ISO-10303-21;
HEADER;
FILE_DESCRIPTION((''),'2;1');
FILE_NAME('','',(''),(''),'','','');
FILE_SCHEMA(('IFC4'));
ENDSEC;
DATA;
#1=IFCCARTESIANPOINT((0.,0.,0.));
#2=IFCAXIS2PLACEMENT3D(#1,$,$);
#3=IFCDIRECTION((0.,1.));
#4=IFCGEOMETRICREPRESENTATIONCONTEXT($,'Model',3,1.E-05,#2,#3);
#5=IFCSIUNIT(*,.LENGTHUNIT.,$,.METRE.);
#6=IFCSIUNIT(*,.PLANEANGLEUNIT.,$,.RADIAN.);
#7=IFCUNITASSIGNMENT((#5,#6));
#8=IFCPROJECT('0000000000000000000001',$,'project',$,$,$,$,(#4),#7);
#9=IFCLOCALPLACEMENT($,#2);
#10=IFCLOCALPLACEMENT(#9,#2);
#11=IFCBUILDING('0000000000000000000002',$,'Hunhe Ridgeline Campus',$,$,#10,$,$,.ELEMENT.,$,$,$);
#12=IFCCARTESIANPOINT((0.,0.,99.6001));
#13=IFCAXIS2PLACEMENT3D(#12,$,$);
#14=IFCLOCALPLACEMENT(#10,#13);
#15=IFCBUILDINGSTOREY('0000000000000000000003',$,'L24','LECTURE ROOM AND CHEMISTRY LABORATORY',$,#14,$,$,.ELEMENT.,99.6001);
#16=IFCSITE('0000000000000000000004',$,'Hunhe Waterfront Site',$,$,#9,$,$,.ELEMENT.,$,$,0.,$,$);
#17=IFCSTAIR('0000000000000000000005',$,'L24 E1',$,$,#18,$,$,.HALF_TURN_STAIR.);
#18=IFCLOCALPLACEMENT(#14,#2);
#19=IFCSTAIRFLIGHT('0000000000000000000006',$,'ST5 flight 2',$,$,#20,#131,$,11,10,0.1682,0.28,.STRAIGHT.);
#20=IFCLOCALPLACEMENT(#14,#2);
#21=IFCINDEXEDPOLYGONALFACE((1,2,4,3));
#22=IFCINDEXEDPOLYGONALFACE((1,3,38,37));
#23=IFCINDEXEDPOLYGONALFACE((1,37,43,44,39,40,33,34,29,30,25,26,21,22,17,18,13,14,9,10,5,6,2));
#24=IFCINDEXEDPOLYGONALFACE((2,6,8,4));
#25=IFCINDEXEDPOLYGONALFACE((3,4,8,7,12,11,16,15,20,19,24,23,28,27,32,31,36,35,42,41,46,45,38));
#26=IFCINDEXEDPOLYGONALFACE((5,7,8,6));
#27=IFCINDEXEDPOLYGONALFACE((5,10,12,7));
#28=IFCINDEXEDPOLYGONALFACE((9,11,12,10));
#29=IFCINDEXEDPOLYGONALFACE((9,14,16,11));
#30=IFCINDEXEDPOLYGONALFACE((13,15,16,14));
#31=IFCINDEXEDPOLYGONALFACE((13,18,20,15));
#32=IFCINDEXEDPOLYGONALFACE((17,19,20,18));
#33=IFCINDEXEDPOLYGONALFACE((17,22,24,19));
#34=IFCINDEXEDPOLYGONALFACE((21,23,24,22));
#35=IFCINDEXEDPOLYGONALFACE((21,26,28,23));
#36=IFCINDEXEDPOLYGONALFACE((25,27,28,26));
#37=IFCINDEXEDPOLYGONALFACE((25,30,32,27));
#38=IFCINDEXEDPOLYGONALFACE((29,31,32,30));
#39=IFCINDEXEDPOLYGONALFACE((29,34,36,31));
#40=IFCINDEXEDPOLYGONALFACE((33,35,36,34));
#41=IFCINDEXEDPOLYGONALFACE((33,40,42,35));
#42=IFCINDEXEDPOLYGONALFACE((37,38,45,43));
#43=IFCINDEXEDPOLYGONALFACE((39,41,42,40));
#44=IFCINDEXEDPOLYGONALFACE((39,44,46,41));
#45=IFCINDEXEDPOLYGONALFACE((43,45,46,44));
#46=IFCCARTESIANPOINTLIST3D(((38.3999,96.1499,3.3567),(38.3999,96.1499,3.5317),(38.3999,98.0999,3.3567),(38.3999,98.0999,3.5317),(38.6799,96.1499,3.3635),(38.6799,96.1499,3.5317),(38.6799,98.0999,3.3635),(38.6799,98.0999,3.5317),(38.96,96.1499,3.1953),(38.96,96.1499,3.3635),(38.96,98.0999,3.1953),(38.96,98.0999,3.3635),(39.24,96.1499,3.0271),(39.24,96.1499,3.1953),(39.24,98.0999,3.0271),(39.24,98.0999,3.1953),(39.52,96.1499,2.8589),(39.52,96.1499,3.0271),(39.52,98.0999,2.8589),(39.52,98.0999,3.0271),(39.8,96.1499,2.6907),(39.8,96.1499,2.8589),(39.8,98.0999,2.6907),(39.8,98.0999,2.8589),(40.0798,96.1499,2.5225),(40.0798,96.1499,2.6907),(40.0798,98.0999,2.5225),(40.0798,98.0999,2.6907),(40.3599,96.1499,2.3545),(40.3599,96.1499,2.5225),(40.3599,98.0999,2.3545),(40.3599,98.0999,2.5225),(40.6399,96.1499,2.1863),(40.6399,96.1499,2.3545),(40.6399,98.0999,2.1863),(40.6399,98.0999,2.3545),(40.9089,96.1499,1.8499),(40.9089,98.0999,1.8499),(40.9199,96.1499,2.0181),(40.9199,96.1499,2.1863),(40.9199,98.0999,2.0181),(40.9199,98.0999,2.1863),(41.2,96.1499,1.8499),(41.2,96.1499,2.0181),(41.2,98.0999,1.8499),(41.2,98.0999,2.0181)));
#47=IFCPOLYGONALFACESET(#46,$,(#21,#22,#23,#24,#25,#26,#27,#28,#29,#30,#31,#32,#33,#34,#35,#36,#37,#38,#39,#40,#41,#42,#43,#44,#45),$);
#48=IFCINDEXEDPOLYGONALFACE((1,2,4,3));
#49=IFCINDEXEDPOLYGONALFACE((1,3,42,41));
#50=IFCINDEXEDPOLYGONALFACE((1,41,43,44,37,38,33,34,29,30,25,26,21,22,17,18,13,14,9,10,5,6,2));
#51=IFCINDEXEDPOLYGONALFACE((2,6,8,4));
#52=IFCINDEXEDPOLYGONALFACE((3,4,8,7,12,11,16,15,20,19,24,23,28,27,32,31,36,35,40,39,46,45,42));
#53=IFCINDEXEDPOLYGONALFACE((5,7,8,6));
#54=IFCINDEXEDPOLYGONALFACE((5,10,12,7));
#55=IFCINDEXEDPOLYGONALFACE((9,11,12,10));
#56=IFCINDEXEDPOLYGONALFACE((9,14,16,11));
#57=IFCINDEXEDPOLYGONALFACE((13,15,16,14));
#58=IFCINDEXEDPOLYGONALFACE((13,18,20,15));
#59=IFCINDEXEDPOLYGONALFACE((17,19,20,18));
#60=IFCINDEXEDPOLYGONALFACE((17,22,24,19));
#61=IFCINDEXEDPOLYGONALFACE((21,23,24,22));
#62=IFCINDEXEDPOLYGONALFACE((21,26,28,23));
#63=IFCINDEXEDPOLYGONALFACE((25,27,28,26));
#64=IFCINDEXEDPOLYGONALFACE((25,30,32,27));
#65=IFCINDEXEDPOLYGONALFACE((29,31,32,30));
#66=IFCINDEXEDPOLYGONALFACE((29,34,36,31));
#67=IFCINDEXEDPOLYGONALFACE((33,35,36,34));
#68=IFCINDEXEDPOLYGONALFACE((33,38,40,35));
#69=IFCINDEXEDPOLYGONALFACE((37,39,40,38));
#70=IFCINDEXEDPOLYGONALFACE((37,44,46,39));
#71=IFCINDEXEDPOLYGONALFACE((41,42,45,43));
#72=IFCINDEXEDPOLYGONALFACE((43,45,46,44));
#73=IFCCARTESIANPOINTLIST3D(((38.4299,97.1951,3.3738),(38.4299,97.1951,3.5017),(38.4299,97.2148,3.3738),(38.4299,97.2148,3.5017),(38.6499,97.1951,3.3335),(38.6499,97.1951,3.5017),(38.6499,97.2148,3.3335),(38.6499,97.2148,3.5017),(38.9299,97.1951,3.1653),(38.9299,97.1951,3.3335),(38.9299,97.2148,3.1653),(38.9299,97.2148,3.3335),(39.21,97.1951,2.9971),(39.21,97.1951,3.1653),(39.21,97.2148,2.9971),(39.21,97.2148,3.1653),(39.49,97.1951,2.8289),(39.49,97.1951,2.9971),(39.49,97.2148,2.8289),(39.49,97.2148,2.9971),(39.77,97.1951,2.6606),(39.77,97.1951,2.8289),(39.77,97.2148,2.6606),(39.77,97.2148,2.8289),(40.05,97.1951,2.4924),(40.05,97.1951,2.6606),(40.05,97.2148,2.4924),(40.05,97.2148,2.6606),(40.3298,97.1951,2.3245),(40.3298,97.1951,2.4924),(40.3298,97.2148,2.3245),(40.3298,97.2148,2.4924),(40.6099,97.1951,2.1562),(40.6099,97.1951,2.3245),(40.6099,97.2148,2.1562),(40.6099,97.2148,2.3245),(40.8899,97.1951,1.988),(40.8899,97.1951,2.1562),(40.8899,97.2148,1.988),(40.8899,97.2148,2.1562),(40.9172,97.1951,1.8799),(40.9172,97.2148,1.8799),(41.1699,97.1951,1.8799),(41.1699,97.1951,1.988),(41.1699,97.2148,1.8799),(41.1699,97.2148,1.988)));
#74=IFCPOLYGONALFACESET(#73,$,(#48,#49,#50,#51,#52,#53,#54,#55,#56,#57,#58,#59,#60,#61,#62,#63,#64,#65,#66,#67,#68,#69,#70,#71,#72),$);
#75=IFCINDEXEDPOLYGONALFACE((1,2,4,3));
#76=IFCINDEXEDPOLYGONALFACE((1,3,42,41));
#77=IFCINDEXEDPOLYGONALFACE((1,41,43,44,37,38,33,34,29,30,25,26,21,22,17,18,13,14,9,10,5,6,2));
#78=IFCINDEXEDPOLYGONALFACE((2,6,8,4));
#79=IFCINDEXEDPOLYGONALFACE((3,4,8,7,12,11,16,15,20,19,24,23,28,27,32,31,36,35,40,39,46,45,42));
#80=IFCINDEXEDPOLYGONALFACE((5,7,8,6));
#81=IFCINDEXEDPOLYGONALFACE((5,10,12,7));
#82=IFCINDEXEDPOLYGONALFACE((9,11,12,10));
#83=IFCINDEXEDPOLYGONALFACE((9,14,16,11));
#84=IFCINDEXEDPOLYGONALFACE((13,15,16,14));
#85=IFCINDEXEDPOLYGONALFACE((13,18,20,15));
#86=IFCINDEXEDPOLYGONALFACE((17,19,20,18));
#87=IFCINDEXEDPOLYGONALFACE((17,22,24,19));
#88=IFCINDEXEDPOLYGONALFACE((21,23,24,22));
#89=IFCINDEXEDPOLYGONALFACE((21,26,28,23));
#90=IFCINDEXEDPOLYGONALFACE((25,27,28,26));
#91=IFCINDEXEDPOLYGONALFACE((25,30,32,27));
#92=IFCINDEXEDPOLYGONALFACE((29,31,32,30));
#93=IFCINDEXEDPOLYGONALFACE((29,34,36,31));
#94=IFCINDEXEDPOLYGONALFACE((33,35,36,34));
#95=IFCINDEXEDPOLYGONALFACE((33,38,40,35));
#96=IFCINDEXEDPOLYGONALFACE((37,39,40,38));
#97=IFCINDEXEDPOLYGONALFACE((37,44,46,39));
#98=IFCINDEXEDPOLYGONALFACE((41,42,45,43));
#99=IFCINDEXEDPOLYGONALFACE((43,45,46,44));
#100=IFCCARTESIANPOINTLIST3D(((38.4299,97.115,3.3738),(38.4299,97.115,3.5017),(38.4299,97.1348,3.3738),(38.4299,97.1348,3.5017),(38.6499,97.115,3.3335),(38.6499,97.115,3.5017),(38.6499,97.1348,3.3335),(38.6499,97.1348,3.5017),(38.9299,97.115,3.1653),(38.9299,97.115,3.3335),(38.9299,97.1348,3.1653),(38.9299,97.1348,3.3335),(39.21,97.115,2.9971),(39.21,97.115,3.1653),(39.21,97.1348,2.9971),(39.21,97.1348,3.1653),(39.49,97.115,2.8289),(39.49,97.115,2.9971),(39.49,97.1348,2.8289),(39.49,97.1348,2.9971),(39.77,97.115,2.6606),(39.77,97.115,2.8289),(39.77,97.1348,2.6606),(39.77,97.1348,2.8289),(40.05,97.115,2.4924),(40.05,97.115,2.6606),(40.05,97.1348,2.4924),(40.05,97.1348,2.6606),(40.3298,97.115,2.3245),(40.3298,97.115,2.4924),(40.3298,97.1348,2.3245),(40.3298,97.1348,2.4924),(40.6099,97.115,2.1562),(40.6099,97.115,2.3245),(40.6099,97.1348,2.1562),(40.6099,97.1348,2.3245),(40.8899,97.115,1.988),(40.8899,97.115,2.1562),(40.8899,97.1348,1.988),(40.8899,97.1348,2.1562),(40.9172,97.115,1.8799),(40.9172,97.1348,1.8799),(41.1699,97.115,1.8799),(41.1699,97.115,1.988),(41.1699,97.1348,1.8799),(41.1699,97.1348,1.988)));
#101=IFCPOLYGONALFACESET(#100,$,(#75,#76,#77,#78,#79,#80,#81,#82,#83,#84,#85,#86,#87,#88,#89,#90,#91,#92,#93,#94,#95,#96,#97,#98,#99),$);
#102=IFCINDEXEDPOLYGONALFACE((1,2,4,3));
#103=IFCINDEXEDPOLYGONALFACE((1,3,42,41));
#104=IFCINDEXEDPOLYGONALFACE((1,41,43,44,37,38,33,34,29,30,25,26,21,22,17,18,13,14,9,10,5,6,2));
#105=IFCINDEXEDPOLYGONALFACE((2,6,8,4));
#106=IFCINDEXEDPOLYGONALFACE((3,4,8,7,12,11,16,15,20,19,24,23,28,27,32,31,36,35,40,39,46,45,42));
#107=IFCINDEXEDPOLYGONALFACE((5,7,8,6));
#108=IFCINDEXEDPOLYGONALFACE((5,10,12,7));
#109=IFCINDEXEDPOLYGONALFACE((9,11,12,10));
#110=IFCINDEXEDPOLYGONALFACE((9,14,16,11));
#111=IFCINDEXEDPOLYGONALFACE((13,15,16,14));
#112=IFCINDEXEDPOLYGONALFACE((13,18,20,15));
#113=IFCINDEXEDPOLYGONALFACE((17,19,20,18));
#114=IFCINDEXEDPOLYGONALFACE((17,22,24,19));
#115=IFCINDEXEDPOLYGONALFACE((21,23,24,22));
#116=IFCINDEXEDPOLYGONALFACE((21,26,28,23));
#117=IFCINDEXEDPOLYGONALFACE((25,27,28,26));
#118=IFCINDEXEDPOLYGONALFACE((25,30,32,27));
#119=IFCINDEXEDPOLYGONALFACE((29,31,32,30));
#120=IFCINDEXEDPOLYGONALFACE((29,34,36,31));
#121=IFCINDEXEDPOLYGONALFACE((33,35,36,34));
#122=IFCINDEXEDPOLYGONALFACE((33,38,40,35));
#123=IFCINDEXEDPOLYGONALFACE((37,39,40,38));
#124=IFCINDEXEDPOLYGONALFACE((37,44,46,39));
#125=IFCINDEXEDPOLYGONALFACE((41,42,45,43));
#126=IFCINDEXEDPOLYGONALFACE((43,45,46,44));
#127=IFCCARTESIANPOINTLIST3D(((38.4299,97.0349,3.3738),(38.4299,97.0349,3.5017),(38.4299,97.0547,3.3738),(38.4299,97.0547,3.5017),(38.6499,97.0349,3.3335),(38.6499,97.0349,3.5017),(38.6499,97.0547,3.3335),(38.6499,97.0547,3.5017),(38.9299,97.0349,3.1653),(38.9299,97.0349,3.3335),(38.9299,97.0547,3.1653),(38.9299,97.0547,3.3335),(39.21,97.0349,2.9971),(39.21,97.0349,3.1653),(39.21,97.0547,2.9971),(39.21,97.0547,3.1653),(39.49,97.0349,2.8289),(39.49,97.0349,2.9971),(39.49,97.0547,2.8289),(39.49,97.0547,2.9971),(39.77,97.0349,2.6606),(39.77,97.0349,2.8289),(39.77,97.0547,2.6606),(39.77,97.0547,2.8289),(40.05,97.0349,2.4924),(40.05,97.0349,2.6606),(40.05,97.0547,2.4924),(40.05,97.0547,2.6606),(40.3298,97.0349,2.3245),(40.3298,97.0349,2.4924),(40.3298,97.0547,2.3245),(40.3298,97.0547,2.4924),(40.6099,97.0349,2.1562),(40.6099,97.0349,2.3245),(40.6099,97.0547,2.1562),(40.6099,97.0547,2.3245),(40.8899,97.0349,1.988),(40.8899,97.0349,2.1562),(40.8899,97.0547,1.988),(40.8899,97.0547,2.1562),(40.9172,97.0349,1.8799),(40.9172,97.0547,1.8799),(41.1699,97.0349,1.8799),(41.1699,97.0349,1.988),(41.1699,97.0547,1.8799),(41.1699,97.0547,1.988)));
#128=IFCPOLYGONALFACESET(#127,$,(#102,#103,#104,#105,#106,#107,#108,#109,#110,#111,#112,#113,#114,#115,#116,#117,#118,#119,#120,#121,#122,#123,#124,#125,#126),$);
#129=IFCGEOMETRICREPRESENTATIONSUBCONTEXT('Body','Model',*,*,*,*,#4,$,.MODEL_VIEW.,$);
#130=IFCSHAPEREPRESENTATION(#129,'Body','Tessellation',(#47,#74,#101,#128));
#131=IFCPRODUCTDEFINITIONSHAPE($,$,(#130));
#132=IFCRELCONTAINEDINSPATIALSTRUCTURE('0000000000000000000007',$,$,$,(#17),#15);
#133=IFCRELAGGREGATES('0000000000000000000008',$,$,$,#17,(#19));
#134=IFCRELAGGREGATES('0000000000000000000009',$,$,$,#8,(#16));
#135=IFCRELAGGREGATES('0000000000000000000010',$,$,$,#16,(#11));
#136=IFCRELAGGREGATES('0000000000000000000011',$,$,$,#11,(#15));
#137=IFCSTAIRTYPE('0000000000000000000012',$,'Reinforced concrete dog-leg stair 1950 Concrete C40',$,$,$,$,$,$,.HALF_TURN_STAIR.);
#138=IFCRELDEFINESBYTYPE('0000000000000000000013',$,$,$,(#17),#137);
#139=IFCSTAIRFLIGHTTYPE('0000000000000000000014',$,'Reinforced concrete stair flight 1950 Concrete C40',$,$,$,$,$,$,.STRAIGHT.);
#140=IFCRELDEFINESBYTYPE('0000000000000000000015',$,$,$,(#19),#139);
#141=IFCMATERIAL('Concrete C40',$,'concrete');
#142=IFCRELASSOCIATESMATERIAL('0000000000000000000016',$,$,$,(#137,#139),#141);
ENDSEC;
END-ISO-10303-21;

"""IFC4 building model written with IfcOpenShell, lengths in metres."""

from ifc_helpers import new_model, si_unit, direction, frame, origin, place, context, subcontext, project, spatial, polyline, outline, extrude, material, type_object, element, aggregate, save


model = new_model("IFC4")

# Units and contexts
model_context = context("Model", 3, precision=1e-05, world=origin(), true_north=direction((0.0, 1.0)))
body_context = subcontext(model_context, "Body", "Model", "MODEL_VIEW")
ifc_project = project(units=[si_unit("LENGTHUNIT", "METRE"), si_unit("PLANEANGLEUNIT", "RADIAN")], contexts=[model_context])

# Site, building, storey
site_placement = place(None, origin())
site = spatial("IfcSite", under=ifc_project, at=site_placement, Name="Hunhe Waterfront Site", CompositionType="ELEMENT", RefElevation=0.0)
building_placement = place(site_placement, origin())
building = spatial("IfcBuilding", under=site, at=building_placement, Name="Hunhe Ridgeline Campus", CompositionType="ELEMENT")
storey_placement = place(building_placement, frame((0.0, 0.0, 99.6001)))
storey = spatial("IfcBuildingStorey", under=building, at=storey_placement, Name="L24", Description="LECTURE ROOM AND CHEMISTRY LABORATORY", CompositionType="ELEMENT", Elevation=99.6001)

# Stair, stair flight
ifc_material_1 = material(Name="Concrete C40", Category="concrete")
stair_type = type_object("IfcStairType", Name="Reinforced concrete dog-leg stair 1950 Concrete C40", PredefinedType="HALF_TURN_STAIR", material=ifc_material_1)
stair_placement = place(storey_placement, origin())
stair = element("IfcStair", 1, at=stair_placement, inside=storey, type_object=stair_type, Name="L24 E1", PredefinedType="HALF_TURN_STAIR")
stair_flight_type = type_object("IfcStairFlightType", Name="Reinforced concrete stair flight 1950 Concrete C40", PredefinedType="STRAIGHT", material=ifc_material_1)
stair_flight_1_placement = place(storey_placement, frame((41.2, 97.125, 1.8499), z_axis=(0.0, 0.0, 1.0), x_axis=(-1.0, 0.0, 0.0)))
stair_flight_1 = element("IfcStairFlight", 2, at=stair_flight_1_placement, type_object=stair_flight_type, Name="ST5 flight 2", NumberOfRisers=11, NumberOfTreads=10, PredefinedType="STRAIGHT", RiserHeight=0.1682, TreadLength=0.28, context=body_context, shape_type="SweptSolid", body=[
    extrude(outline(polyline([(0.0, 0.0), (0.0, 0.1682), (0.28, 0.1682), (0.28, 0.3364), (0.5601, 0.3364), (0.5601, 0.5046), (0.8401, 0.5046), (0.8401, 0.6726), (1.1201, 0.6726), (1.1201, 0.8408), (1.3999, 0.8408), (1.3999, 1.009), (1.6799, 1.009), (1.6799, 1.1772), (1.96, 1.1772), (1.96, 1.3455), (2.24, 1.3455), (2.24, 1.5137), (2.52, 1.5137), (2.52, 1.6819), (2.8, 1.6819), (2.8, 1.8501), (2.8, 1.5068), (0.291, 0.0), (0.0, 0.0)])), frame((0.0, 0.9751, 0.0), z_axis=(0.0, -1.0, 0.0), x_axis=(1.0, 0.0, 0.0)), (0.0, 0.0, 1.0), 1.95),
    extrude(outline(polyline([(0.03, 0.03), (0.03, 0.1382), (0.3101, 0.1382), (0.3101, 0.3064), (0.5901, 0.3064), (0.5901, 0.4746), (0.8701, 0.4746), (0.8701, 0.6426), (1.1499, 0.6426), (1.1499, 0.8108), (1.4299, 0.8108), (1.4299, 0.979), (1.71, 0.979), (1.71, 1.1472), (1.99, 1.1472), (1.99, 1.3154), (2.27, 1.3154), (2.27, 1.4836), (2.55, 1.4836), (2.55, 1.6519), (2.77, 1.6519), (2.77, 1.5239), (0.2827, 0.03), (0.03, 0.03)])), frame((0.0, -0.0701, 0.0), z_axis=(0.0, -1.0, 0.0), x_axis=(1.0, 0.0, 0.0)), (0.0, 0.0, 1.0), 0.0198),
    extrude(outline(polyline([(0.03, 0.03), (0.03, 0.1382), (0.3101, 0.1382), (0.3101, 0.3064), (0.5901, 0.3064), (0.5901, 0.4746), (0.8701, 0.4746), (0.8701, 0.6426), (1.1499, 0.6426), (1.1499, 0.8108), (1.4299, 0.8108), (1.4299, 0.979), (1.71, 0.979), (1.71, 1.1472), (1.99, 1.1472), (1.99, 1.3154), (2.27, 1.3154), (2.27, 1.4836), (2.55, 1.4836), (2.55, 1.6519), (2.77, 1.6519), (2.77, 1.5239), (0.2827, 0.03), (0.03, 0.03)])), frame((0.0, 0.01, 0.0), z_axis=(0.0, -1.0, 0.0), x_axis=(1.0, 0.0, 0.0)), (0.0, 0.0, 1.0), 0.0198),
    extrude(outline(polyline([(0.03, 0.03), (0.03, 0.1382), (0.3101, 0.1382), (0.3101, 0.3064), (0.5901, 0.3064), (0.5901, 0.4746), (0.8701, 0.4746), (0.8701, 0.6426), (1.1499, 0.6426), (1.1499, 0.8108), (1.4299, 0.8108), (1.4299, 0.979), (1.71, 0.979), (1.71, 1.1472), (1.99, 1.1472), (1.99, 1.3154), (2.27, 1.3154), (2.27, 1.4836), (2.55, 1.4836), (2.55, 1.6519), (2.77, 1.6519), (2.77, 1.5239), (0.2827, 0.03), (0.03, 0.03)])), frame((0.0, 0.0901, 0.0), z_axis=(0.0, -1.0, 0.0), x_axis=(1.0, 0.0, 0.0)), (0.0, 0.0, 1.0), 0.0198),
])
aggregate(stair, [stair_flight_1])

save(model, "model.ifc")
